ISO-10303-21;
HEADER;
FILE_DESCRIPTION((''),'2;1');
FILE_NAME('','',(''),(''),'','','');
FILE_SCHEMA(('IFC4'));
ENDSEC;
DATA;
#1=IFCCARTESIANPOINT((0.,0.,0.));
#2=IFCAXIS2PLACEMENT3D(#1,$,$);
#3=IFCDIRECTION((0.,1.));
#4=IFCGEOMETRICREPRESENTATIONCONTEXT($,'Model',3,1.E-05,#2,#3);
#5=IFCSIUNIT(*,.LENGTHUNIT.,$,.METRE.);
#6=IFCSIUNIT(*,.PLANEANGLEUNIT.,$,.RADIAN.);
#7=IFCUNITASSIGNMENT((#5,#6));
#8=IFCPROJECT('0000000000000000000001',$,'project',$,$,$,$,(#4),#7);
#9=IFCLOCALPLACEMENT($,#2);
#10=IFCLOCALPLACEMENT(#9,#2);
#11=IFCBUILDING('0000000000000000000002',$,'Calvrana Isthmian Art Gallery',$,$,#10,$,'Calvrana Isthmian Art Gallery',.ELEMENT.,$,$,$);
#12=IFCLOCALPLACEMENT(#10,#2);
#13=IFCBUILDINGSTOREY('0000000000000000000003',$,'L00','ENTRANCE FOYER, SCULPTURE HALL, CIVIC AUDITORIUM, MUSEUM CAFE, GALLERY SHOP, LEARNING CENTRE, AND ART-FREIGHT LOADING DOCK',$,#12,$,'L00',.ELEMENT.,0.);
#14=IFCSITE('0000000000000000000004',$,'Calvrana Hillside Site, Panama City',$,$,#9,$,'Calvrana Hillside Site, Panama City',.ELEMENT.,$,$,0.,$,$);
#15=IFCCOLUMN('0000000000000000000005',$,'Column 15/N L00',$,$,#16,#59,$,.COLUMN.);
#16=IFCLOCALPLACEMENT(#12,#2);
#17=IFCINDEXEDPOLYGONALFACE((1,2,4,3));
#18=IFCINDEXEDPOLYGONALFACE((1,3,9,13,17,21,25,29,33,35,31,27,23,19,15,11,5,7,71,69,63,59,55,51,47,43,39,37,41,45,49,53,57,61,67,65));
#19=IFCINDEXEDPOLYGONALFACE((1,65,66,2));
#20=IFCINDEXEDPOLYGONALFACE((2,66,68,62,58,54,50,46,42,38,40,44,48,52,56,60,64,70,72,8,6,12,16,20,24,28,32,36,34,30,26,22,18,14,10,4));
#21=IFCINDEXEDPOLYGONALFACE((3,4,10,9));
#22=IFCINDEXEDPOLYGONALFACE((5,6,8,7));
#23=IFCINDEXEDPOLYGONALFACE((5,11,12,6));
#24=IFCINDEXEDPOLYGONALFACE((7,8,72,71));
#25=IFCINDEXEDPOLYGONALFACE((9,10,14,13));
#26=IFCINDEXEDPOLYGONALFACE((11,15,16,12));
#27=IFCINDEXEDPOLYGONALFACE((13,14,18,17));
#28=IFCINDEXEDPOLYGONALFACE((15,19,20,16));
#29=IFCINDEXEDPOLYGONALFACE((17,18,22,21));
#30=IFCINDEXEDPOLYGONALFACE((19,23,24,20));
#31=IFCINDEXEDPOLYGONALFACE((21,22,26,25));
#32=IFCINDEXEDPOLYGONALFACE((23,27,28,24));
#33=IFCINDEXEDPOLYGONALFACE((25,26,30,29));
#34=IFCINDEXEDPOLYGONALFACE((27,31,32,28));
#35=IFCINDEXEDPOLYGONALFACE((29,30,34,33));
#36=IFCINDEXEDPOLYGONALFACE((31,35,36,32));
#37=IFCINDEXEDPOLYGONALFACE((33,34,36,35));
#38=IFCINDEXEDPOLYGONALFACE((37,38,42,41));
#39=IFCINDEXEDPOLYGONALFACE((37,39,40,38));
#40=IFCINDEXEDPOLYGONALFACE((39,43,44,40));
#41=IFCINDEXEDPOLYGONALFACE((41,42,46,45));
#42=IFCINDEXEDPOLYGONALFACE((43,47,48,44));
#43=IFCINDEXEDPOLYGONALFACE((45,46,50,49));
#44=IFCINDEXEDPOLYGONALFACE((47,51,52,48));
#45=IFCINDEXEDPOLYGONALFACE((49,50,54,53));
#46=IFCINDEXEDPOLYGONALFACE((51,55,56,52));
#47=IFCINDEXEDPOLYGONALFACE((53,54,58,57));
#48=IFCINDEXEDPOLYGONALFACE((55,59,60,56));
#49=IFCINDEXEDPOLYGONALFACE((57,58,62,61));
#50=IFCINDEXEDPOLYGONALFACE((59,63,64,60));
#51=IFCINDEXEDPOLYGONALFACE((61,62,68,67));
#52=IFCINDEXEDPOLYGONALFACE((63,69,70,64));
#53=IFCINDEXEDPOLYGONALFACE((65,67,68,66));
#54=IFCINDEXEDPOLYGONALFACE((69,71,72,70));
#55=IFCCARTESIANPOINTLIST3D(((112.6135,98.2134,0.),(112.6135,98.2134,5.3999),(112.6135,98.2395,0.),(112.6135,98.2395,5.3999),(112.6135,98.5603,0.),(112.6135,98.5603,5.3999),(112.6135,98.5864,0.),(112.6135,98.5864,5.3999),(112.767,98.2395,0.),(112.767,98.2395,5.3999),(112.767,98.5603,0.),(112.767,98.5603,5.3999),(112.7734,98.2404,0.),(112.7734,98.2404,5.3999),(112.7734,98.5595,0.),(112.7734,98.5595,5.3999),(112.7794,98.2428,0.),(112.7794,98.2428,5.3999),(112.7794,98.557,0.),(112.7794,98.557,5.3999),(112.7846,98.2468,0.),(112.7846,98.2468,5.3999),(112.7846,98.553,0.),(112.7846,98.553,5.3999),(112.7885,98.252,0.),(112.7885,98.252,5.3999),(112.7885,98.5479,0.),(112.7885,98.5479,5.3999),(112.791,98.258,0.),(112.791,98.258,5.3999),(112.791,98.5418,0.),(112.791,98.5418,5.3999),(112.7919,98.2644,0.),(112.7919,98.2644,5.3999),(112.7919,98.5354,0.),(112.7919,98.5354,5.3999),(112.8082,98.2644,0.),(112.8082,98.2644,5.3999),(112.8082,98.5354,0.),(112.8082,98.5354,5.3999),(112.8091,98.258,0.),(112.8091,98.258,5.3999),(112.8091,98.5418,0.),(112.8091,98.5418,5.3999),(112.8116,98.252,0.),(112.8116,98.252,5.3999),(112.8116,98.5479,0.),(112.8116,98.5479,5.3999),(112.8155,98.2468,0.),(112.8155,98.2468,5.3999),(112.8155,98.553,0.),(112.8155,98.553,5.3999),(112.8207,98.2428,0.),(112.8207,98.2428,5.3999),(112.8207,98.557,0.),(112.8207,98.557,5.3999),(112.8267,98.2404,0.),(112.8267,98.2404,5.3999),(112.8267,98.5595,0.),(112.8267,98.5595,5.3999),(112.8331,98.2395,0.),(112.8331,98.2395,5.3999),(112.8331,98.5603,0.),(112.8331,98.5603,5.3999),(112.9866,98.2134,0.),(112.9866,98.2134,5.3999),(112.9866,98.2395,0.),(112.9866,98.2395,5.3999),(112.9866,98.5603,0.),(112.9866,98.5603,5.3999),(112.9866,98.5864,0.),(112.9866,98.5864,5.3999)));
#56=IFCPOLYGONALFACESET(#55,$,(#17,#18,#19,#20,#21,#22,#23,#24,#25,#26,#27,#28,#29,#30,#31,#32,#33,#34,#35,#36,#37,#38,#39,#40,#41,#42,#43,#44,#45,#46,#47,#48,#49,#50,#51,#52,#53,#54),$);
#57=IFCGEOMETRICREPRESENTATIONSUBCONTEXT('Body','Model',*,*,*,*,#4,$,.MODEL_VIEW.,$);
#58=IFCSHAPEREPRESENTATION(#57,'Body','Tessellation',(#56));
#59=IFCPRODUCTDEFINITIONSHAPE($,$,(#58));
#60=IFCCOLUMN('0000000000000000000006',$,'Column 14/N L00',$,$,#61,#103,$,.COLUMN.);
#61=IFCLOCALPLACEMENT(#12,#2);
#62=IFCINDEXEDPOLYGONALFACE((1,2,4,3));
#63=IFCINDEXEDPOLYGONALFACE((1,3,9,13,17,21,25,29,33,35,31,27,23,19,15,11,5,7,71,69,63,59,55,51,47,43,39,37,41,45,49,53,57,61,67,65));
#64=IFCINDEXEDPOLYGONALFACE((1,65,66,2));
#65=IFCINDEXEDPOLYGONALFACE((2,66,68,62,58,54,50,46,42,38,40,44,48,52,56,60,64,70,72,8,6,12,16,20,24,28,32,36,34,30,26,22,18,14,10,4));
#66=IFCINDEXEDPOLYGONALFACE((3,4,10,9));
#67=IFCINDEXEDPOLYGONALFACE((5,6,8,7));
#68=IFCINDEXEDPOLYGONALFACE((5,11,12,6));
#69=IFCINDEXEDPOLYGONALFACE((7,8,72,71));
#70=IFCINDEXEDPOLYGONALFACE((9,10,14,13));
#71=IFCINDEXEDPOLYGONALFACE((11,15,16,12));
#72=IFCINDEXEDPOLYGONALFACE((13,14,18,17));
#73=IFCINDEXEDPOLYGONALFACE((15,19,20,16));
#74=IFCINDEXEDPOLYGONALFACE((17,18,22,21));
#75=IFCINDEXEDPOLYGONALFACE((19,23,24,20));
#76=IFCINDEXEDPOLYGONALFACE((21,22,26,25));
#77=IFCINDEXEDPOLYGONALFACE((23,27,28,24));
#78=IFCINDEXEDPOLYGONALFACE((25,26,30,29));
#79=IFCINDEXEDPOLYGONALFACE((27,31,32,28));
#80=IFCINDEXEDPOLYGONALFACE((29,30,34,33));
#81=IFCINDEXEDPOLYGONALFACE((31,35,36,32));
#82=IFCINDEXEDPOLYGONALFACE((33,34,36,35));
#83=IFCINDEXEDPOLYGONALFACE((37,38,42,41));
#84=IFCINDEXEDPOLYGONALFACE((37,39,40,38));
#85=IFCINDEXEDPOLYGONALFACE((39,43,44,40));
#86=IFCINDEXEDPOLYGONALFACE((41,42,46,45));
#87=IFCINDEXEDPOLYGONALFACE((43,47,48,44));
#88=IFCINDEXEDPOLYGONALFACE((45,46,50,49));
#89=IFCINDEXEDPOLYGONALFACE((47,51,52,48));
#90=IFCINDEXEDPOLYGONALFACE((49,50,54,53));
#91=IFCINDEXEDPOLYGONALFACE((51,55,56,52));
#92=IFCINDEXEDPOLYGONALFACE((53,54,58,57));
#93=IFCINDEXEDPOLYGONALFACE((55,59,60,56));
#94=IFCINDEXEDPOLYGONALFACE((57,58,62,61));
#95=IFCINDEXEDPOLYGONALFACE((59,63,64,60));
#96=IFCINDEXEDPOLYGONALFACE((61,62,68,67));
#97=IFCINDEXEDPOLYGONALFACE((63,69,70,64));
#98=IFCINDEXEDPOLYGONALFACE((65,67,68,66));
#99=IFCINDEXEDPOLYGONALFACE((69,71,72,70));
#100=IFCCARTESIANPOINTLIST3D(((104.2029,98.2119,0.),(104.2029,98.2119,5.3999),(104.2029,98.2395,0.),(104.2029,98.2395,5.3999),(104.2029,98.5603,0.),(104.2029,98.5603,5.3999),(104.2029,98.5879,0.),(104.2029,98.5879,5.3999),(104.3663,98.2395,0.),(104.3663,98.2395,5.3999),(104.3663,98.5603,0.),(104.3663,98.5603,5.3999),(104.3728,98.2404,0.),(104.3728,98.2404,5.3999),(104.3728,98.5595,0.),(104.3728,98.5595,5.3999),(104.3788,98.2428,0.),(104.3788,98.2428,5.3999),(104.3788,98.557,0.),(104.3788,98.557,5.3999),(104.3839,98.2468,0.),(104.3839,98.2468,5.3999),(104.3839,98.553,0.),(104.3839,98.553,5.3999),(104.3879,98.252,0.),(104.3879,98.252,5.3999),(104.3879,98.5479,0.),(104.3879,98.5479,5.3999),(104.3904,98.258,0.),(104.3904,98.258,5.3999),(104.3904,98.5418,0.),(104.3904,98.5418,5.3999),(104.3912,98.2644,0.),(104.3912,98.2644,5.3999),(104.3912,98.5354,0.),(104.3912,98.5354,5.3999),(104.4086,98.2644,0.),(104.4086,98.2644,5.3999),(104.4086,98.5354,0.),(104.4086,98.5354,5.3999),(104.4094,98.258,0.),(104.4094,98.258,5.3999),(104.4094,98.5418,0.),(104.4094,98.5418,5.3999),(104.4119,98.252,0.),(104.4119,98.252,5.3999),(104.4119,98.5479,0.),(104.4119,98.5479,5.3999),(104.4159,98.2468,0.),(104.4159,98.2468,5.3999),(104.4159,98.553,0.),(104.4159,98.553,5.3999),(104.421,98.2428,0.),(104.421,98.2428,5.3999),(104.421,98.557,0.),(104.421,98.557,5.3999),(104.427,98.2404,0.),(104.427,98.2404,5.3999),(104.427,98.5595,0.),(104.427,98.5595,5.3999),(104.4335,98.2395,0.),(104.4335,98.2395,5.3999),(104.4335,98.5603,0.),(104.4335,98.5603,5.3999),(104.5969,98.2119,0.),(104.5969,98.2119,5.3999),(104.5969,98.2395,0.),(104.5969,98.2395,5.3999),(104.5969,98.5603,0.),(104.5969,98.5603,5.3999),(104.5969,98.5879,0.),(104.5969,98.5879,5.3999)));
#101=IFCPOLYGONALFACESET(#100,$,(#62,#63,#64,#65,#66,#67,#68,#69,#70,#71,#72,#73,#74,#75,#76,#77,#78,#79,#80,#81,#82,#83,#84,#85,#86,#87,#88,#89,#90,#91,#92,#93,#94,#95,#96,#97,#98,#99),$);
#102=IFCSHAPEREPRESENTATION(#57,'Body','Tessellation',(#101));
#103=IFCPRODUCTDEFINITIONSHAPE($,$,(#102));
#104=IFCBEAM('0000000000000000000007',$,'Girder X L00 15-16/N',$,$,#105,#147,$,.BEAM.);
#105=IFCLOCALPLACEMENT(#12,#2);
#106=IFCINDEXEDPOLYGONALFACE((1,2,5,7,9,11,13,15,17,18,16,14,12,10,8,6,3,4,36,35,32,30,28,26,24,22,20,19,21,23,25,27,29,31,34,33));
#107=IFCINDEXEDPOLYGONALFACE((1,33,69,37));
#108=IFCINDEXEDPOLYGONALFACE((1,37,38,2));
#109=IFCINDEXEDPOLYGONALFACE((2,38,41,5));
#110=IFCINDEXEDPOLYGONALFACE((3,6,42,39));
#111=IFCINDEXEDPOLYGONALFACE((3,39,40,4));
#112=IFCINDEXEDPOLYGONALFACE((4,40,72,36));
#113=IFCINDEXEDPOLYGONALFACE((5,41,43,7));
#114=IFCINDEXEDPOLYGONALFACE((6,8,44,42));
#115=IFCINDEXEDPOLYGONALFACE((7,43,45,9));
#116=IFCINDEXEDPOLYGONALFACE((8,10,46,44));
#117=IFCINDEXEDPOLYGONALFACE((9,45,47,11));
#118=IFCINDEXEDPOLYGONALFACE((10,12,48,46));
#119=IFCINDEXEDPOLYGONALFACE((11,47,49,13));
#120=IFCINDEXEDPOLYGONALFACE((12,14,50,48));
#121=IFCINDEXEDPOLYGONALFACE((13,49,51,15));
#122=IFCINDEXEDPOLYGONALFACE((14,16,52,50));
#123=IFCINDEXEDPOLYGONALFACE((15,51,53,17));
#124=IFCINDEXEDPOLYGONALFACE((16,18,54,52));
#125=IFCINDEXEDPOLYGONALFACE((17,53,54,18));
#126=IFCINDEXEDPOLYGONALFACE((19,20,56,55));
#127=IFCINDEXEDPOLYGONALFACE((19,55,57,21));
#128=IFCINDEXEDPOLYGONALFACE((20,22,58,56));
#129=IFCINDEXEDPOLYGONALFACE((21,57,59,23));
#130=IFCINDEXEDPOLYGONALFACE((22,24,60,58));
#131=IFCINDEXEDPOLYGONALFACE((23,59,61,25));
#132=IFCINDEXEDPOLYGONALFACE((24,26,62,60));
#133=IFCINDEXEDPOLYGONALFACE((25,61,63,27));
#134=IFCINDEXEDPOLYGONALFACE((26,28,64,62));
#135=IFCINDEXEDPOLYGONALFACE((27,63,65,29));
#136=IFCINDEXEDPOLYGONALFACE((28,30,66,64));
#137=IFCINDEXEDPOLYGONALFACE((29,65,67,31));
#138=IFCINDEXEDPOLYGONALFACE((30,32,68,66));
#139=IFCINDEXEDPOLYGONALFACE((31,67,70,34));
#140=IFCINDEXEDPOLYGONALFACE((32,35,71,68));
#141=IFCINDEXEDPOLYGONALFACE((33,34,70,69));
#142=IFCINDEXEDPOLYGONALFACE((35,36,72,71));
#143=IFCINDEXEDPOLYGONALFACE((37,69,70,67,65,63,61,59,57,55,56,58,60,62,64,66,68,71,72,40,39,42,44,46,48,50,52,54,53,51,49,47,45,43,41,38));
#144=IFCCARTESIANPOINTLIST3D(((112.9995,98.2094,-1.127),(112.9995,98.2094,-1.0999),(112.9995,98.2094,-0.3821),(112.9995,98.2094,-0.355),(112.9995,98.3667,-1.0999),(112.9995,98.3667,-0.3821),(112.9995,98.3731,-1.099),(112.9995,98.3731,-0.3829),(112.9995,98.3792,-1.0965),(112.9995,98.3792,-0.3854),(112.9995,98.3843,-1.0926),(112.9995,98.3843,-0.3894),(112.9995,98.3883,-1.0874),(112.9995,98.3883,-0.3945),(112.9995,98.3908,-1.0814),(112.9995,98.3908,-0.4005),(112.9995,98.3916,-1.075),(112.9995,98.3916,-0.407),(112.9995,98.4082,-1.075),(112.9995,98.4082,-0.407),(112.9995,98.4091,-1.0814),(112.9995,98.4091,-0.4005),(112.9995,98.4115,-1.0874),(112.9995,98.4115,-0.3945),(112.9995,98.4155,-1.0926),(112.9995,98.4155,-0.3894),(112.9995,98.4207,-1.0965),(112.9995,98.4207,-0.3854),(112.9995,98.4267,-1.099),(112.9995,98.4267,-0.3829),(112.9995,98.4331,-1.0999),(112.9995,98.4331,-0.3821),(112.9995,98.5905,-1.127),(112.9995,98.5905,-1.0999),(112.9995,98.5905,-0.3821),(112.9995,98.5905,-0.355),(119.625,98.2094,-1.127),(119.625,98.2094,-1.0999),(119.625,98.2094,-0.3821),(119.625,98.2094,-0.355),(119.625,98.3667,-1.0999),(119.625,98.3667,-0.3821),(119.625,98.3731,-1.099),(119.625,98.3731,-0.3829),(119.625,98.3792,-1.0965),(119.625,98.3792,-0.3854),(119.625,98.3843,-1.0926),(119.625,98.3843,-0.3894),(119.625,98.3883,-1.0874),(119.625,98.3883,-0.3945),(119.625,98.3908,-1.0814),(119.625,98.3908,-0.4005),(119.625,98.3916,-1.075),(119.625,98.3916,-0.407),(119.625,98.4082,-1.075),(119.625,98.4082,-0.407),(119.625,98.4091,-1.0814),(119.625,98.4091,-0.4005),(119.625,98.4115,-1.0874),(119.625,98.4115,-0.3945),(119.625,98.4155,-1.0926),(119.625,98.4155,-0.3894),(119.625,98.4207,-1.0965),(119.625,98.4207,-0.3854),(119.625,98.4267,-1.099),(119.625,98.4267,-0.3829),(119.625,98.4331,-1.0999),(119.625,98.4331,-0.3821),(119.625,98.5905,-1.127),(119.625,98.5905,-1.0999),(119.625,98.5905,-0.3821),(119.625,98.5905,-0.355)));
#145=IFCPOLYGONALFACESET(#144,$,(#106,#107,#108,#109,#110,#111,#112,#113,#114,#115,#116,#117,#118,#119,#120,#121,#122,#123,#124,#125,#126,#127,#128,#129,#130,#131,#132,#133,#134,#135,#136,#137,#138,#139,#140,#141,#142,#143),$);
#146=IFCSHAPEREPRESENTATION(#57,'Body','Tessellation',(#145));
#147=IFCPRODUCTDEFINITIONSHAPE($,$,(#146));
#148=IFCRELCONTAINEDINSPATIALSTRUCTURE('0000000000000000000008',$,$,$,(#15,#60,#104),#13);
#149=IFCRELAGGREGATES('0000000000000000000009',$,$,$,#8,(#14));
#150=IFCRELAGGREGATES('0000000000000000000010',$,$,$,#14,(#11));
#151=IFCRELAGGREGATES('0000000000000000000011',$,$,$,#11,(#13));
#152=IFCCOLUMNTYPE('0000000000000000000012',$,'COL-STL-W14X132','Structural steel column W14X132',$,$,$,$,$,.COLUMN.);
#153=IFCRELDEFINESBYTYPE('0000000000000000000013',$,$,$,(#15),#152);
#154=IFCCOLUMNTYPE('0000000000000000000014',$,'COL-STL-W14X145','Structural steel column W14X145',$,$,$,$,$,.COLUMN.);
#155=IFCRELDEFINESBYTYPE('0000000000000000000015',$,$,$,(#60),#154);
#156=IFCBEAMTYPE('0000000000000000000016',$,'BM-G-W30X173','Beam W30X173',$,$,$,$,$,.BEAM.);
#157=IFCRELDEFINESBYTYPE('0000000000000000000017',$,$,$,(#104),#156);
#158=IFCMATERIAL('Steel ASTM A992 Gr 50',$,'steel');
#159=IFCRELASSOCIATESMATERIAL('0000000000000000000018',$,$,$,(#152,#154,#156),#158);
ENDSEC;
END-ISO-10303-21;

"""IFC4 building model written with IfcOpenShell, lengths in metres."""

from ifc_helpers import new_model, si_unit, direction, frame, origin, origin_2d, place, context, subcontext, project, spatial, i_section, extrude, material, material_profile, profile_set, type_object, element, save


model = new_model("IFC4")

# Units and contexts
model_context = context("Model", 3, precision=1e-05, world=origin(), true_north=direction((0.0, 1.0)))
body_context = subcontext(model_context, "Body", "Model", "MODEL_VIEW")
ifc_project = project(units=[si_unit("LENGTHUNIT", "METRE"), si_unit("PLANEANGLEUNIT", "RADIAN")], contexts=[model_context])

# Site, building, storey
site_placement = place(None, origin())
site = spatial("IfcSite", under=ifc_project, at=site_placement, Name="Calvrana Hillside Site, Panama City", LongName="Calvrana Hillside Site, Panama City", CompositionType="ELEMENT", RefElevation=0.0)
building_placement = place(site_placement, origin())
building = spatial("IfcBuilding", under=site, at=building_placement, Name="Calvrana Isthmian Art Gallery", LongName="Calvrana Isthmian Art Gallery", CompositionType="ELEMENT")
storey_placement = place(building_placement, origin())
storey = spatial("IfcBuildingStorey", under=building, at=storey_placement, Name="L00", Description="ENTRANCE FOYER, SCULPTURE HALL, CIVIC AUDITORIUM, MUSEUM CAFE, GALLERY SHOP, LEARNING CENTRE, AND ART-FREIGHT LOADING DOCK", LongName="L00", CompositionType="ELEMENT", Elevation=0.0)

# Columns
ifc_material_1 = material(Name="Steel ASTM A992 Gr 50", Category="steel")
ifc_material_profile_1 = material_profile(ifc_material_1, i_section(OverallWidth=0.373, OverallDepth=0.373, WebThickness=0.0164, FlangeThickness=0.0261, FilletRadius=0.0249, at=origin_2d()), Name="W14X132")
ifc_profile_set_1 = profile_set([ifc_material_profile_1], Name="Steel ASTM A992 Gr 50")
column_type_1 = type_object("IfcColumnType", Name="COL-STL-W14X132", Description="Structural steel column W14X132", PredefinedType="COLUMN", material=ifc_profile_set_1)
column_1_placement = place(storey_placement, frame((112.8, 98.3999, 0.0), z_axis=(0.0, 0.0, 1.0), x_axis=(1.0, 0.0, 0.0)))
element("IfcColumn", 1, at=column_1_placement, inside=storey, type_object=column_type_1, Name="Column 15/N L00", PredefinedType="COLUMN", context=body_context, shape_type="SweptSolid", body=[
    extrude(i_section(OverallWidth=0.373, OverallDepth=0.373, WebThickness=0.0164, FlangeThickness=0.0261, FilletRadius=0.0249, at=origin_2d()), origin(), (0.0, 0.0, 1.0), 5.3999),
])
ifc_material_profile_2 = material_profile(ifc_material_1, i_section(OverallWidth=0.394, OverallDepth=0.376, WebThickness=0.0173, FlangeThickness=0.0276, FilletRadius=0.0249, at=origin_2d()), Name="W14X145")
ifc_profile_set_2 = profile_set([ifc_material_profile_2], Name="Steel ASTM A992 Gr 50")
column_type_2 = type_object("IfcColumnType", Name="COL-STL-W14X145", Description="Structural steel column W14X145", PredefinedType="COLUMN", material=ifc_profile_set_2)
column_2_placement = place(storey_placement, frame((104.3999, 98.3999, 0.0), z_axis=(0.0, 0.0, 1.0), x_axis=(1.0, 0.0, 0.0)))
element("IfcColumn", 2, at=column_2_placement, inside=storey, type_object=column_type_2, Name="Column 14/N L00", PredefinedType="COLUMN", context=body_context, shape_type="SweptSolid", body=[
    extrude(i_section(OverallWidth=0.394, OverallDepth=0.376, WebThickness=0.0173, FlangeThickness=0.0276, FilletRadius=0.0249, at=origin_2d()), origin(), (0.0, 0.0, 1.0), 5.3999),
])

# Beam
ifc_material_profile_3 = material_profile(ifc_material_1, i_section(OverallWidth=0.3811, OverallDepth=0.772, WebThickness=0.0166, FlangeThickness=0.0271, FilletRadius=0.0249, at=origin_2d()), Name="W30X173")
ifc_profile_set_3 = profile_set([ifc_material_profile_3], Name="Steel ASTM A992 Gr 50")
beam_type_1 = type_object("IfcBeamType", Name="BM-G-W30X173", Description="Beam W30X173", PredefinedType="BEAM", material=ifc_profile_set_3)
beam_1_placement = place(storey_placement, frame((112.9995, 98.3999, -0.741), z_axis=(1.0, 0.0, 0.0), x_axis=(0.0, 1.0, 0.0)))
element("IfcBeam", 3, at=beam_1_placement, inside=storey, type_object=beam_type_1, Name="Girder X L00 15-16/N", PredefinedType="BEAM", context=body_context, shape_type="SweptSolid", body=[
    extrude(i_section(OverallWidth=0.3811, OverallDepth=0.772, WebThickness=0.0166, FlangeThickness=0.0271, FilletRadius=0.0249, at=origin_2d()), origin(), (0.0, 0.0, 1.0), 6.6255),
])

save(model, "model.ifc")
